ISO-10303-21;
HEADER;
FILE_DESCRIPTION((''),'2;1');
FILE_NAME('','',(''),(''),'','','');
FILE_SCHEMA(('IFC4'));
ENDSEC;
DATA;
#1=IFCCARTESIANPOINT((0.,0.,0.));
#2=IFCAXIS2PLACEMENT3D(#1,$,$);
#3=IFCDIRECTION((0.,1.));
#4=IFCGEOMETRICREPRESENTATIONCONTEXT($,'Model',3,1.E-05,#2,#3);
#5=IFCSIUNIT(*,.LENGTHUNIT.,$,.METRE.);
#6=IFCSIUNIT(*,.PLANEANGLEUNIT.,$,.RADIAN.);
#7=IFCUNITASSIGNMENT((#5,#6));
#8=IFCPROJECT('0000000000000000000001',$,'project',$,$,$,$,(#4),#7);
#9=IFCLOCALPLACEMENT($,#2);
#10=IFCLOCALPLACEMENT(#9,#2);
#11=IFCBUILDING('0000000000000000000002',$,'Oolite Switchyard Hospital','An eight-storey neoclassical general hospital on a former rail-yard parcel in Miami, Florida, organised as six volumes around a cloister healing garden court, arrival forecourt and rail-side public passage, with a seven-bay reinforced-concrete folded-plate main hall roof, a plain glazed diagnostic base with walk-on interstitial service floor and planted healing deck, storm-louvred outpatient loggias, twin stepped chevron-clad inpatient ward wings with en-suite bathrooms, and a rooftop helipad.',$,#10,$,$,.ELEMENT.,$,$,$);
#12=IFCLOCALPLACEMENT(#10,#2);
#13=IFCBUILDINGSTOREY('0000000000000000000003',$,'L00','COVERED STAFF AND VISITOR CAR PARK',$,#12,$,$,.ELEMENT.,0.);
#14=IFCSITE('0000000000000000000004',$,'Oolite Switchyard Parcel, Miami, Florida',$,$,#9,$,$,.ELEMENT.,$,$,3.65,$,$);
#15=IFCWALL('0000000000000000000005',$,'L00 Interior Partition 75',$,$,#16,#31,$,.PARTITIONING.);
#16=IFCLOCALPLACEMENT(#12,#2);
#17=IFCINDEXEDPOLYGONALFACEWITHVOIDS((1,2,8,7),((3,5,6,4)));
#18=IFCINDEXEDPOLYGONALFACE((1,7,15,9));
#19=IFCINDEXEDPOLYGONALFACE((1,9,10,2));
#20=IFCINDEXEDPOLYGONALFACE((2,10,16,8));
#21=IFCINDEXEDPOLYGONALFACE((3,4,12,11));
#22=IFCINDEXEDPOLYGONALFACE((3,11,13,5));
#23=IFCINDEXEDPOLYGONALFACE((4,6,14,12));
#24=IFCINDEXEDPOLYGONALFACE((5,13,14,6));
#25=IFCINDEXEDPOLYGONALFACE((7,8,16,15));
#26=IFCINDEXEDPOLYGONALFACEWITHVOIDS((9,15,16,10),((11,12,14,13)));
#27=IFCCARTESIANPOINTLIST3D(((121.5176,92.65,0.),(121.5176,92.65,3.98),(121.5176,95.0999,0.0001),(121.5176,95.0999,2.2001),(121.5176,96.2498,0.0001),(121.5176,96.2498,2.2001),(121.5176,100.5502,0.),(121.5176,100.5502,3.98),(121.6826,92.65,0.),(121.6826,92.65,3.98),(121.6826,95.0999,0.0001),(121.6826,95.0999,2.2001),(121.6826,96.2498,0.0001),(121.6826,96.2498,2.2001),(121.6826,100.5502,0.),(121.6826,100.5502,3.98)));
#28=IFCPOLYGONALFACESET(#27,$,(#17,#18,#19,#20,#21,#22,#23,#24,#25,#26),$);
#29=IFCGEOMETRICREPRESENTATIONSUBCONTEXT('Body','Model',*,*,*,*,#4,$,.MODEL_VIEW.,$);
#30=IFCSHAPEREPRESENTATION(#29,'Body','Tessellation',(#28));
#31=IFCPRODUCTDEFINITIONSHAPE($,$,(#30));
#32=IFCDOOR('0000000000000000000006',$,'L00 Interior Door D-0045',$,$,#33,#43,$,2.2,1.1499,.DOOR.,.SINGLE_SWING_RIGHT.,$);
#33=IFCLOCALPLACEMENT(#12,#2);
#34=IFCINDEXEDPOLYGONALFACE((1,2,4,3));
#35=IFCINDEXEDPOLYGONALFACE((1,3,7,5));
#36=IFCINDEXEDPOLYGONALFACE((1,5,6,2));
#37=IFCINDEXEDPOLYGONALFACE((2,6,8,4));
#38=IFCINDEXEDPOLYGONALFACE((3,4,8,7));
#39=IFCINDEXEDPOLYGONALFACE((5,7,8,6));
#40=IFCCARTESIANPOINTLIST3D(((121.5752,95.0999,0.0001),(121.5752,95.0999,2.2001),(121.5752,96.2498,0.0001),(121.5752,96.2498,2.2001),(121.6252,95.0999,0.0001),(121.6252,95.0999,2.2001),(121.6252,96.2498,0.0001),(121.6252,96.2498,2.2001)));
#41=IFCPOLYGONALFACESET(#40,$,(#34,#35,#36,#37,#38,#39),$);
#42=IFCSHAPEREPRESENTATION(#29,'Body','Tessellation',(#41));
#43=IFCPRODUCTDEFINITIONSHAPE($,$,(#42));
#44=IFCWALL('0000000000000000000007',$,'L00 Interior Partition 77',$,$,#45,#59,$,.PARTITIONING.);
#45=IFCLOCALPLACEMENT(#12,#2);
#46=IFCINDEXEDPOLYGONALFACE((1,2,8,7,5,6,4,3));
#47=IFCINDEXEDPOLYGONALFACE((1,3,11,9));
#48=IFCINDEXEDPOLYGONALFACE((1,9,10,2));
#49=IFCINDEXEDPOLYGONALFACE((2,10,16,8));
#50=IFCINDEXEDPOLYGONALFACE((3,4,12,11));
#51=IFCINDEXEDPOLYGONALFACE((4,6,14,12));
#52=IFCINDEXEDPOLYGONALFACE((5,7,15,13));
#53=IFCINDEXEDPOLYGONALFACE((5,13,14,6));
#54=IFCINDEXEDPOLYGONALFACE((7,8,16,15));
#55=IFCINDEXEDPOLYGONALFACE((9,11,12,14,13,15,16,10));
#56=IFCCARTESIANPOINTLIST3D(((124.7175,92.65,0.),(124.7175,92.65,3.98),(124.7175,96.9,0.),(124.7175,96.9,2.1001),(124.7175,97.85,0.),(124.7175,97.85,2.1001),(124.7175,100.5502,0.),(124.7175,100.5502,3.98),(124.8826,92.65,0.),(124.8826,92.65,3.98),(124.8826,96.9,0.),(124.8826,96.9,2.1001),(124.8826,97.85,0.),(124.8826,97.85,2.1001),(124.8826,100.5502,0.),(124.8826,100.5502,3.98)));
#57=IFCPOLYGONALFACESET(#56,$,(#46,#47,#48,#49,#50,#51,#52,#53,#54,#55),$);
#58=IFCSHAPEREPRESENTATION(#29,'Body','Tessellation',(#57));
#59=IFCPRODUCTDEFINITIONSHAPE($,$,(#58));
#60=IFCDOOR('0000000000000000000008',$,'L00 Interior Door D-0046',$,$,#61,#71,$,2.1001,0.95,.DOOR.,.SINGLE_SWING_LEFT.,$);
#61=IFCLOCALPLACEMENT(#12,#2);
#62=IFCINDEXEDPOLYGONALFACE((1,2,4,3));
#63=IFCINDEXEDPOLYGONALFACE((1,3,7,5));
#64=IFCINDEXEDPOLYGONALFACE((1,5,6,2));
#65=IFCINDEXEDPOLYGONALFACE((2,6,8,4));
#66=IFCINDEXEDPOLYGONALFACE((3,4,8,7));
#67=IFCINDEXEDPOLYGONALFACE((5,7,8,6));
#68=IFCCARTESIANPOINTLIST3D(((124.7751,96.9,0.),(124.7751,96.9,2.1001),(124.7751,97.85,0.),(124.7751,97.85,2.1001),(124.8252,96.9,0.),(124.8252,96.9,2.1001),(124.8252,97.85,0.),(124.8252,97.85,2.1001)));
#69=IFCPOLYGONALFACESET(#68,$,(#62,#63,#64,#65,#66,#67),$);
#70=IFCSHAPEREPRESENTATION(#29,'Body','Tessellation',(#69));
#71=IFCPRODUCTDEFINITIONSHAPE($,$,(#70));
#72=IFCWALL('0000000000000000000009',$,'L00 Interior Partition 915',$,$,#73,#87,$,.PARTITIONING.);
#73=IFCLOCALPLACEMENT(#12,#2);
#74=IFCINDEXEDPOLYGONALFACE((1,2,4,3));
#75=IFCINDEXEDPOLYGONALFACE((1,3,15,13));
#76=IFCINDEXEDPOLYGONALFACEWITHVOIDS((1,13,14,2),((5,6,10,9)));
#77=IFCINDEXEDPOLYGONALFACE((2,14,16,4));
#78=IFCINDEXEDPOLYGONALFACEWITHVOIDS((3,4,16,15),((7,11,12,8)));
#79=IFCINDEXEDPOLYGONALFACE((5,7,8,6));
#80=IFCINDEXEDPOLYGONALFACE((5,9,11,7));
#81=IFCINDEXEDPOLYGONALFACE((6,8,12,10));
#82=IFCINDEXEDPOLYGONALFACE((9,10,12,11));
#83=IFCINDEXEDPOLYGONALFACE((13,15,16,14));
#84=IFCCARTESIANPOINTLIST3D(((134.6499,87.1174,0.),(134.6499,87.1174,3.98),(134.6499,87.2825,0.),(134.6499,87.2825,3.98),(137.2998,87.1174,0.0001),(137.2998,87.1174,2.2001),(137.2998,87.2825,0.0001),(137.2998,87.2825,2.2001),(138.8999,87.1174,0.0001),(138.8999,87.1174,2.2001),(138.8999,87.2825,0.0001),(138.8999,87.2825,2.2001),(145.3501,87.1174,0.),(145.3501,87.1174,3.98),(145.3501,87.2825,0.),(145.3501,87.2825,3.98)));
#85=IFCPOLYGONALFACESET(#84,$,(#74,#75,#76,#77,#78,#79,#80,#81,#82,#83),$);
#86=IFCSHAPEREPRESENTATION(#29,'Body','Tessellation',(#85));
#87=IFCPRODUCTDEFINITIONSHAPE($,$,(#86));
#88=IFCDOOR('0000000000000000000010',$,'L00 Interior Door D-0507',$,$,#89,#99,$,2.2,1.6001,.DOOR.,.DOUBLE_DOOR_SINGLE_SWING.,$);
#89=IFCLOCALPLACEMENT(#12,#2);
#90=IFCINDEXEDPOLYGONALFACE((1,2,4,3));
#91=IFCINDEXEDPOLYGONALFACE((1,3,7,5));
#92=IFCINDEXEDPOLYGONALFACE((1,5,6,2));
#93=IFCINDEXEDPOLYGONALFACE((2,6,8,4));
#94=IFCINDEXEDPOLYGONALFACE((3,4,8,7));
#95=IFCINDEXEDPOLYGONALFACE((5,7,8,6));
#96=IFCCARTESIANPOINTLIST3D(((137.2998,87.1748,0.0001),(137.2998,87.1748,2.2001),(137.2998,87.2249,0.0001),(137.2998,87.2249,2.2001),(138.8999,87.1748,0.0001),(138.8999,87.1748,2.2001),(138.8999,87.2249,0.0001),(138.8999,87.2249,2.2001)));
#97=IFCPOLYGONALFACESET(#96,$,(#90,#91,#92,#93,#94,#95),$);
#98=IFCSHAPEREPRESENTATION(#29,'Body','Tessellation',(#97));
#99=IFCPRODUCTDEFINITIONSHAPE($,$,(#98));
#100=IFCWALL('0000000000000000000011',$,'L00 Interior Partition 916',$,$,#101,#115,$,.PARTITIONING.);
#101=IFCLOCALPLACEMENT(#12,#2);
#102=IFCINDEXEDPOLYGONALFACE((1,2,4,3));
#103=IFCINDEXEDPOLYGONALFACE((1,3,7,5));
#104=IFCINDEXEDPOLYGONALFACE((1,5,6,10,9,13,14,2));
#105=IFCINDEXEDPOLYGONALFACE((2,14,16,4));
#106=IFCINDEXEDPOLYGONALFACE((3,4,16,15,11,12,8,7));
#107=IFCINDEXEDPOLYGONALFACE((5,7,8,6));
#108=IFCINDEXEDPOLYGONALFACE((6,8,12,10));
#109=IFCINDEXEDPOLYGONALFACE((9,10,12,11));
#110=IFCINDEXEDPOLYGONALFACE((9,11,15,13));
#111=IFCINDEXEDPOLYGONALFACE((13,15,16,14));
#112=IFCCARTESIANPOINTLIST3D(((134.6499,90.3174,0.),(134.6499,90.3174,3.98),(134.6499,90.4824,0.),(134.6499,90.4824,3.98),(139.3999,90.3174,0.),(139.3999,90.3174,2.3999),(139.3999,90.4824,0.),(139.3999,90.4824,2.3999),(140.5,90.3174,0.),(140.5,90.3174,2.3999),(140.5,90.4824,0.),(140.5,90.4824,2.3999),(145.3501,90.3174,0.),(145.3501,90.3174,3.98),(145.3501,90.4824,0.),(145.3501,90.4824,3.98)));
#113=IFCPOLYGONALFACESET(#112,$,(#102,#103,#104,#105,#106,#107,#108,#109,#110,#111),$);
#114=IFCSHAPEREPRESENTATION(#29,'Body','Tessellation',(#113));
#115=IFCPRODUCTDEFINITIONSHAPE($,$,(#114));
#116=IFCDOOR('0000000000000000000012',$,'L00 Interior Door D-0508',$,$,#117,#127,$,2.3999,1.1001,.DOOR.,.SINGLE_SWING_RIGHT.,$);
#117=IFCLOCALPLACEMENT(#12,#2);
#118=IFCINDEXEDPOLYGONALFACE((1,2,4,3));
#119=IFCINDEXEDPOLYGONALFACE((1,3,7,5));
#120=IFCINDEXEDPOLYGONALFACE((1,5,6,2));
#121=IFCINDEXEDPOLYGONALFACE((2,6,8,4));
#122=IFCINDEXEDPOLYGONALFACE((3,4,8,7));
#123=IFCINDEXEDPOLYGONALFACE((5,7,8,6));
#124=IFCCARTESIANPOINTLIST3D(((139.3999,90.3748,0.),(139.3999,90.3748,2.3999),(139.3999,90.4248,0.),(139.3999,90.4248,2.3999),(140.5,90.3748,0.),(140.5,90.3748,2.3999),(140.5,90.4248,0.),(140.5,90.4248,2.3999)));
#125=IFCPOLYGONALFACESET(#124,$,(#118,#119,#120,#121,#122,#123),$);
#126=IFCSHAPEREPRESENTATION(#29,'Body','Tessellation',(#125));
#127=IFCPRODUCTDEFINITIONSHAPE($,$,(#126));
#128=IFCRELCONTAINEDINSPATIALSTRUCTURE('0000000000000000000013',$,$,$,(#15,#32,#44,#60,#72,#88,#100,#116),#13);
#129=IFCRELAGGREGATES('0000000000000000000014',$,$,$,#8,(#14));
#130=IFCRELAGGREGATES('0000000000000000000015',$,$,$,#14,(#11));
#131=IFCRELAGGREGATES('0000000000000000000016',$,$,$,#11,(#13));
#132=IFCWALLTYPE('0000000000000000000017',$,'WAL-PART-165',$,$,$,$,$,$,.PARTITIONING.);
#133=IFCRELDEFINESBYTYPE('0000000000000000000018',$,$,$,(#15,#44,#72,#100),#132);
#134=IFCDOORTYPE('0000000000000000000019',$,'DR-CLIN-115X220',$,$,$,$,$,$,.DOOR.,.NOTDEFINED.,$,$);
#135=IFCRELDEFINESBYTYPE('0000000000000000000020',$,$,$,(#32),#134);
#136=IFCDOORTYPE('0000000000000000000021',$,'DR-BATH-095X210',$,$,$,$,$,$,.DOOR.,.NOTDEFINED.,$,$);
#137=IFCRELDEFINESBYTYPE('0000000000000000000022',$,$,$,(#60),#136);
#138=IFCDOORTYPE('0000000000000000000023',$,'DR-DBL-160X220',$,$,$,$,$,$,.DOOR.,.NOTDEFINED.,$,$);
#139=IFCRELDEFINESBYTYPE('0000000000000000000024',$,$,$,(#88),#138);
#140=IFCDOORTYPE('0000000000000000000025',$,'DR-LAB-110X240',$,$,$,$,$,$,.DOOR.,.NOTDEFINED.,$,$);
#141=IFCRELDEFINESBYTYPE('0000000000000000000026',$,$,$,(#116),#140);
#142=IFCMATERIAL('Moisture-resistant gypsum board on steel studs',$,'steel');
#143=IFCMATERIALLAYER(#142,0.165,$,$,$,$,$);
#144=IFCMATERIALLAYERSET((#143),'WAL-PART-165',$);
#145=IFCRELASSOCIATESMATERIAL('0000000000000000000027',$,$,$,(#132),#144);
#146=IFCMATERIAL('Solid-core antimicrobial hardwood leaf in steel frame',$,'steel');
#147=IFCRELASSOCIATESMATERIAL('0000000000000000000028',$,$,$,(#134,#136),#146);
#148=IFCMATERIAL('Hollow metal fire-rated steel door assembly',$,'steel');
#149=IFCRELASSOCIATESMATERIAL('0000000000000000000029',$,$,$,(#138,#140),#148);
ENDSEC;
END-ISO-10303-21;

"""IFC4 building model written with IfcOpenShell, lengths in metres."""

from ifc_helpers import new_model, si_unit, direction, frame, frame_2d, origin, place, context, subcontext, project, spatial, rectangle, extrude, material, layer, layer_set, type_object, element, fill, save


model = new_model("IFC4")

# Units and contexts
model_context = context("Model", 3, precision=1e-05, world=origin(), true_north=direction((0.0, 1.0)))
body_context = subcontext(model_context, "Body", "Model", "MODEL_VIEW")
ifc_project = project(units=[si_unit("LENGTHUNIT", "METRE"), si_unit("PLANEANGLEUNIT", "RADIAN")], contexts=[model_context])

# Site, building, storey
site_placement = place(None, origin())
site = spatial("IfcSite", under=ifc_project, at=site_placement, Name="Oolite Switchyard Parcel, Miami, Florida", CompositionType="ELEMENT", RefElevation=3.65)
building_placement = place(site_placement, origin())
building = spatial("IfcBuilding", under=site, at=building_placement, Name="Oolite Switchyard Hospital", Description="An eight-storey neoclassical general hospital on a former rail-yard parcel in Miami, Florida, organised as six volumes around a cloister healing garden court, arrival forecourt and rail-side public passage, with a seven-bay reinforced-concrete folded-plate main hall roof, a plain glazed diagnostic base with walk-on interstitial service floor and planted healing deck, storm-louvred outpatient loggias, twin stepped chevron-clad inpatient ward wings with en-suite bathrooms, and a rooftop helipad.", CompositionType="ELEMENT")
storey_placement = place(building_placement, origin())
storey = spatial("IfcBuildingStorey", under=building, at=storey_placement, Name="L00", Description="COVERED STAFF AND VISITOR CAR PARK", CompositionType="ELEMENT", Elevation=0.0)

# Shared definitions
ifc_material_1 = material(Name="Moisture-resistant gypsum board on steel studs", Category="steel")

# Walls, openings, doors
ifc_layer_1 = layer(ifc_material_1, 0.165)
ifc_layer_set_1 = layer_set([ifc_layer_1], Name="WAL-PART-165")
wall_type_1 = type_object("IfcWallType", Name="WAL-PART-165", PredefinedType="PARTITIONING", material=ifc_layer_set_1)
wall_1_placement = place(storey_placement, frame((121.6001, 92.6499, 0.0), z_axis=(0.0, 0.0, 1.0), x_axis=(0.0, 1.0, 0.0)))
wall_1 = element("IfcWall", 1, at=wall_1_placement, inside=storey, type_object=wall_type_1, Name="L00 Interior Partition 75", PredefinedType="PARTITIONING", context=body_context, shape_type="SweptSolid", body=[
    extrude(rectangle(XDim=7.9001, YDim=0.165, at=frame_2d((3.9502, 0.0))), origin(), (0.0, 0.0, 1.0), 3.98),
])
opening_1_placement = place(wall_1_placement, frame((2.45, 0.0, 0.0)))
opening_1 = element("IfcOpeningElement", 2, at=opening_1_placement, cuts=wall_1, PredefinedType="OPENING", context=body_context, shape_type="SweptSolid", body=[
    extrude(rectangle(XDim=1.1499, YDim=2.2, at=frame_2d((0.575, 1.1001))), frame((0.0, 0.0925, 0.0), z_axis=(0.0, -1.0, 0.0), x_axis=(1.0, 0.0, 0.0)), (0.0, 0.0, 1.0), 0.1851),
])
ifc_material_2 = material(Name="Solid-core antimicrobial hardwood leaf in steel frame", Category="steel")
door_type_1 = type_object("IfcDoorType", Name="DR-CLIN-115X220", OperationType="NOTDEFINED", PredefinedType="DOOR", material=ifc_material_2)
door_1_placement = place(opening_1_placement, origin())
door_1 = element("IfcDoor", 3, at=door_1_placement, inside=storey, type_object=door_type_1, Name="L00 Interior Door D-0045", OperationType="SINGLE_SWING_RIGHT", OverallHeight=2.2, OverallWidth=1.1499, PredefinedType="DOOR", context=body_context, shape_type="SweptSolid", body=[
    extrude(rectangle(XDim=1.1499, YDim=2.2, at=frame_2d((0.575, 1.1001))), frame((0.0, 0.0249, 0.0), z_axis=(0.0, -1.0, 0.0), x_axis=(1.0, 0.0, 0.0)), (0.0, 0.0, 1.0), 0.05),
])
fill(opening_1, door_1)
wall_2_placement = place(storey_placement, frame((124.8, 92.6499, 0.0), z_axis=(0.0, 0.0, 1.0), x_axis=(0.0, 1.0, 0.0)))
wall_2 = element("IfcWall", 4, at=wall_2_placement, inside=storey, type_object=wall_type_1, Name="L00 Interior Partition 77", PredefinedType="PARTITIONING", context=body_context, shape_type="SweptSolid", body=[
    extrude(rectangle(XDim=7.9001, YDim=0.165, at=frame_2d((3.9502, 0.0))), origin(), (0.0, 0.0, 1.0), 3.98),
])
opening_2_placement = place(wall_2_placement, frame((4.25, 0.0, 0.0)))
opening_2 = element("IfcOpeningElement", 5, at=opening_2_placement, cuts=wall_2, PredefinedType="OPENING", context=body_context, shape_type="SweptSolid", body=[
    extrude(rectangle(XDim=0.95, YDim=2.1001, at=frame_2d((0.4751, 1.05))), frame((0.0, 0.0925, 0.0), z_axis=(0.0, -1.0, 0.0), x_axis=(1.0, 0.0, 0.0)), (0.0, 0.0, 1.0), 0.1851),
])
door_type_2 = type_object("IfcDoorType", Name="DR-BATH-095X210", OperationType="NOTDEFINED", PredefinedType="DOOR", material=ifc_material_2)
door_2_placement = place(opening_2_placement, origin())
door_2 = element("IfcDoor", 6, at=door_2_placement, inside=storey, type_object=door_type_2, Name="L00 Interior Door D-0046", OperationType="SINGLE_SWING_LEFT", OverallHeight=2.1001, OverallWidth=0.95, PredefinedType="DOOR", context=body_context, shape_type="SweptSolid", body=[
    extrude(rectangle(XDim=0.95, YDim=2.1001, at=frame_2d((0.4751, 1.05))), frame((0.0, 0.0249, 0.0), z_axis=(0.0, -1.0, 0.0), x_axis=(1.0, 0.0, 0.0)), (0.0, 0.0, 1.0), 0.05),
])
fill(opening_2, door_2)
wall_3_placement = place(storey_placement, frame((134.6499, 87.2, 0.0), z_axis=(0.0, 0.0, 1.0), x_axis=(1.0, 0.0, 0.0)))
wall_3 = element("IfcWall", 7, at=wall_3_placement, inside=storey, type_object=wall_type_1, Name="L00 Interior Partition 915", PredefinedType="PARTITIONING", context=body_context, shape_type="SweptSolid", body=[
    extrude(rectangle(XDim=10.7002, YDim=0.165, at=frame_2d((5.3501, 0.0))), origin(), (0.0, 0.0, 1.0), 3.98),
])
opening_3_placement = place(wall_3_placement, frame((2.6499, 0.0, 0.0)))
opening_3 = element("IfcOpeningElement", 8, at=opening_3_placement, cuts=wall_3, PredefinedType="OPENING", context=body_context, shape_type="SweptSolid", body=[
    extrude(rectangle(XDim=1.6001, YDim=2.2, at=frame_2d((0.8, 1.1001))), frame((0.0, 0.0925, 0.0), z_axis=(0.0, -1.0, 0.0), x_axis=(1.0, 0.0, 0.0)), (0.0, 0.0, 1.0), 0.1851),
])
ifc_material_3 = material(Name="Hollow metal fire-rated steel door assembly", Category="steel")
door_type_3 = type_object("IfcDoorType", Name="DR-DBL-160X220", OperationType="NOTDEFINED", PredefinedType="DOOR", material=ifc_material_3)
door_3_placement = place(opening_3_placement, origin())
door_3 = element("IfcDoor", 9, at=door_3_placement, inside=storey, type_object=door_type_3, Name="L00 Interior Door D-0507", OperationType="DOUBLE_DOOR_SINGLE_SWING", OverallHeight=2.2, OverallWidth=1.6001, PredefinedType="DOOR", context=body_context, shape_type="SweptSolid", body=[
    extrude(rectangle(XDim=1.6001, YDim=2.2, at=frame_2d((0.8, 1.1001))), frame((0.0, 0.0249, 0.0), z_axis=(0.0, -1.0, 0.0), x_axis=(1.0, 0.0, 0.0)), (0.0, 0.0, 1.0), 0.05),
])
fill(opening_3, door_3)
wall_4_placement = place(storey_placement, frame((134.6499, 90.3999, 0.0), z_axis=(0.0, 0.0, 1.0), x_axis=(1.0, 0.0, 0.0)))
wall_4 = element("IfcWall", 10, at=wall_4_placement, inside=storey, type_object=wall_type_1, Name="L00 Interior Partition 916", PredefinedType="PARTITIONING", context=body_context, shape_type="SweptSolid", body=[
    extrude(rectangle(XDim=10.7002, YDim=0.165, at=frame_2d((5.3501, 0.0))), origin(), (0.0, 0.0, 1.0), 3.98),
])
opening_4_placement = place(wall_4_placement, frame((4.75, 0.0, 0.0)))
opening_4 = element("IfcOpeningElement", 11, at=opening_4_placement, cuts=wall_4, PredefinedType="OPENING", context=body_context, shape_type="SweptSolid", body=[
    extrude(rectangle(XDim=1.1001, YDim=2.3999, at=frame_2d((0.55, 1.2))), frame((0.0, 0.0925, 0.0), z_axis=(0.0, -1.0, 0.0), x_axis=(1.0, 0.0, 0.0)), (0.0, 0.0, 1.0), 0.1851),
])
door_type_4 = type_object("IfcDoorType", Name="DR-LAB-110X240", OperationType="NOTDEFINED", PredefinedType="DOOR", material=ifc_material_3)
door_4_placement = place(opening_4_placement, origin())
door_4 = element("IfcDoor", 12, at=door_4_placement, inside=storey, type_object=door_type_4, Name="L00 Interior Door D-0508", OperationType="SINGLE_SWING_RIGHT", OverallHeight=2.3999, OverallWidth=1.1001, PredefinedType="DOOR", context=body_context, shape_type="SweptSolid", body=[
    extrude(rectangle(XDim=1.1001, YDim=2.3999, at=frame_2d((0.55, 1.2))), frame((0.0, 0.0249, 0.0), z_axis=(0.0, -1.0, 0.0), x_axis=(1.0, 0.0, 0.0)), (0.0, 0.0, 1.0), 0.05),
])
fill(opening_4, door_4)

save(model, "model.ifc")
